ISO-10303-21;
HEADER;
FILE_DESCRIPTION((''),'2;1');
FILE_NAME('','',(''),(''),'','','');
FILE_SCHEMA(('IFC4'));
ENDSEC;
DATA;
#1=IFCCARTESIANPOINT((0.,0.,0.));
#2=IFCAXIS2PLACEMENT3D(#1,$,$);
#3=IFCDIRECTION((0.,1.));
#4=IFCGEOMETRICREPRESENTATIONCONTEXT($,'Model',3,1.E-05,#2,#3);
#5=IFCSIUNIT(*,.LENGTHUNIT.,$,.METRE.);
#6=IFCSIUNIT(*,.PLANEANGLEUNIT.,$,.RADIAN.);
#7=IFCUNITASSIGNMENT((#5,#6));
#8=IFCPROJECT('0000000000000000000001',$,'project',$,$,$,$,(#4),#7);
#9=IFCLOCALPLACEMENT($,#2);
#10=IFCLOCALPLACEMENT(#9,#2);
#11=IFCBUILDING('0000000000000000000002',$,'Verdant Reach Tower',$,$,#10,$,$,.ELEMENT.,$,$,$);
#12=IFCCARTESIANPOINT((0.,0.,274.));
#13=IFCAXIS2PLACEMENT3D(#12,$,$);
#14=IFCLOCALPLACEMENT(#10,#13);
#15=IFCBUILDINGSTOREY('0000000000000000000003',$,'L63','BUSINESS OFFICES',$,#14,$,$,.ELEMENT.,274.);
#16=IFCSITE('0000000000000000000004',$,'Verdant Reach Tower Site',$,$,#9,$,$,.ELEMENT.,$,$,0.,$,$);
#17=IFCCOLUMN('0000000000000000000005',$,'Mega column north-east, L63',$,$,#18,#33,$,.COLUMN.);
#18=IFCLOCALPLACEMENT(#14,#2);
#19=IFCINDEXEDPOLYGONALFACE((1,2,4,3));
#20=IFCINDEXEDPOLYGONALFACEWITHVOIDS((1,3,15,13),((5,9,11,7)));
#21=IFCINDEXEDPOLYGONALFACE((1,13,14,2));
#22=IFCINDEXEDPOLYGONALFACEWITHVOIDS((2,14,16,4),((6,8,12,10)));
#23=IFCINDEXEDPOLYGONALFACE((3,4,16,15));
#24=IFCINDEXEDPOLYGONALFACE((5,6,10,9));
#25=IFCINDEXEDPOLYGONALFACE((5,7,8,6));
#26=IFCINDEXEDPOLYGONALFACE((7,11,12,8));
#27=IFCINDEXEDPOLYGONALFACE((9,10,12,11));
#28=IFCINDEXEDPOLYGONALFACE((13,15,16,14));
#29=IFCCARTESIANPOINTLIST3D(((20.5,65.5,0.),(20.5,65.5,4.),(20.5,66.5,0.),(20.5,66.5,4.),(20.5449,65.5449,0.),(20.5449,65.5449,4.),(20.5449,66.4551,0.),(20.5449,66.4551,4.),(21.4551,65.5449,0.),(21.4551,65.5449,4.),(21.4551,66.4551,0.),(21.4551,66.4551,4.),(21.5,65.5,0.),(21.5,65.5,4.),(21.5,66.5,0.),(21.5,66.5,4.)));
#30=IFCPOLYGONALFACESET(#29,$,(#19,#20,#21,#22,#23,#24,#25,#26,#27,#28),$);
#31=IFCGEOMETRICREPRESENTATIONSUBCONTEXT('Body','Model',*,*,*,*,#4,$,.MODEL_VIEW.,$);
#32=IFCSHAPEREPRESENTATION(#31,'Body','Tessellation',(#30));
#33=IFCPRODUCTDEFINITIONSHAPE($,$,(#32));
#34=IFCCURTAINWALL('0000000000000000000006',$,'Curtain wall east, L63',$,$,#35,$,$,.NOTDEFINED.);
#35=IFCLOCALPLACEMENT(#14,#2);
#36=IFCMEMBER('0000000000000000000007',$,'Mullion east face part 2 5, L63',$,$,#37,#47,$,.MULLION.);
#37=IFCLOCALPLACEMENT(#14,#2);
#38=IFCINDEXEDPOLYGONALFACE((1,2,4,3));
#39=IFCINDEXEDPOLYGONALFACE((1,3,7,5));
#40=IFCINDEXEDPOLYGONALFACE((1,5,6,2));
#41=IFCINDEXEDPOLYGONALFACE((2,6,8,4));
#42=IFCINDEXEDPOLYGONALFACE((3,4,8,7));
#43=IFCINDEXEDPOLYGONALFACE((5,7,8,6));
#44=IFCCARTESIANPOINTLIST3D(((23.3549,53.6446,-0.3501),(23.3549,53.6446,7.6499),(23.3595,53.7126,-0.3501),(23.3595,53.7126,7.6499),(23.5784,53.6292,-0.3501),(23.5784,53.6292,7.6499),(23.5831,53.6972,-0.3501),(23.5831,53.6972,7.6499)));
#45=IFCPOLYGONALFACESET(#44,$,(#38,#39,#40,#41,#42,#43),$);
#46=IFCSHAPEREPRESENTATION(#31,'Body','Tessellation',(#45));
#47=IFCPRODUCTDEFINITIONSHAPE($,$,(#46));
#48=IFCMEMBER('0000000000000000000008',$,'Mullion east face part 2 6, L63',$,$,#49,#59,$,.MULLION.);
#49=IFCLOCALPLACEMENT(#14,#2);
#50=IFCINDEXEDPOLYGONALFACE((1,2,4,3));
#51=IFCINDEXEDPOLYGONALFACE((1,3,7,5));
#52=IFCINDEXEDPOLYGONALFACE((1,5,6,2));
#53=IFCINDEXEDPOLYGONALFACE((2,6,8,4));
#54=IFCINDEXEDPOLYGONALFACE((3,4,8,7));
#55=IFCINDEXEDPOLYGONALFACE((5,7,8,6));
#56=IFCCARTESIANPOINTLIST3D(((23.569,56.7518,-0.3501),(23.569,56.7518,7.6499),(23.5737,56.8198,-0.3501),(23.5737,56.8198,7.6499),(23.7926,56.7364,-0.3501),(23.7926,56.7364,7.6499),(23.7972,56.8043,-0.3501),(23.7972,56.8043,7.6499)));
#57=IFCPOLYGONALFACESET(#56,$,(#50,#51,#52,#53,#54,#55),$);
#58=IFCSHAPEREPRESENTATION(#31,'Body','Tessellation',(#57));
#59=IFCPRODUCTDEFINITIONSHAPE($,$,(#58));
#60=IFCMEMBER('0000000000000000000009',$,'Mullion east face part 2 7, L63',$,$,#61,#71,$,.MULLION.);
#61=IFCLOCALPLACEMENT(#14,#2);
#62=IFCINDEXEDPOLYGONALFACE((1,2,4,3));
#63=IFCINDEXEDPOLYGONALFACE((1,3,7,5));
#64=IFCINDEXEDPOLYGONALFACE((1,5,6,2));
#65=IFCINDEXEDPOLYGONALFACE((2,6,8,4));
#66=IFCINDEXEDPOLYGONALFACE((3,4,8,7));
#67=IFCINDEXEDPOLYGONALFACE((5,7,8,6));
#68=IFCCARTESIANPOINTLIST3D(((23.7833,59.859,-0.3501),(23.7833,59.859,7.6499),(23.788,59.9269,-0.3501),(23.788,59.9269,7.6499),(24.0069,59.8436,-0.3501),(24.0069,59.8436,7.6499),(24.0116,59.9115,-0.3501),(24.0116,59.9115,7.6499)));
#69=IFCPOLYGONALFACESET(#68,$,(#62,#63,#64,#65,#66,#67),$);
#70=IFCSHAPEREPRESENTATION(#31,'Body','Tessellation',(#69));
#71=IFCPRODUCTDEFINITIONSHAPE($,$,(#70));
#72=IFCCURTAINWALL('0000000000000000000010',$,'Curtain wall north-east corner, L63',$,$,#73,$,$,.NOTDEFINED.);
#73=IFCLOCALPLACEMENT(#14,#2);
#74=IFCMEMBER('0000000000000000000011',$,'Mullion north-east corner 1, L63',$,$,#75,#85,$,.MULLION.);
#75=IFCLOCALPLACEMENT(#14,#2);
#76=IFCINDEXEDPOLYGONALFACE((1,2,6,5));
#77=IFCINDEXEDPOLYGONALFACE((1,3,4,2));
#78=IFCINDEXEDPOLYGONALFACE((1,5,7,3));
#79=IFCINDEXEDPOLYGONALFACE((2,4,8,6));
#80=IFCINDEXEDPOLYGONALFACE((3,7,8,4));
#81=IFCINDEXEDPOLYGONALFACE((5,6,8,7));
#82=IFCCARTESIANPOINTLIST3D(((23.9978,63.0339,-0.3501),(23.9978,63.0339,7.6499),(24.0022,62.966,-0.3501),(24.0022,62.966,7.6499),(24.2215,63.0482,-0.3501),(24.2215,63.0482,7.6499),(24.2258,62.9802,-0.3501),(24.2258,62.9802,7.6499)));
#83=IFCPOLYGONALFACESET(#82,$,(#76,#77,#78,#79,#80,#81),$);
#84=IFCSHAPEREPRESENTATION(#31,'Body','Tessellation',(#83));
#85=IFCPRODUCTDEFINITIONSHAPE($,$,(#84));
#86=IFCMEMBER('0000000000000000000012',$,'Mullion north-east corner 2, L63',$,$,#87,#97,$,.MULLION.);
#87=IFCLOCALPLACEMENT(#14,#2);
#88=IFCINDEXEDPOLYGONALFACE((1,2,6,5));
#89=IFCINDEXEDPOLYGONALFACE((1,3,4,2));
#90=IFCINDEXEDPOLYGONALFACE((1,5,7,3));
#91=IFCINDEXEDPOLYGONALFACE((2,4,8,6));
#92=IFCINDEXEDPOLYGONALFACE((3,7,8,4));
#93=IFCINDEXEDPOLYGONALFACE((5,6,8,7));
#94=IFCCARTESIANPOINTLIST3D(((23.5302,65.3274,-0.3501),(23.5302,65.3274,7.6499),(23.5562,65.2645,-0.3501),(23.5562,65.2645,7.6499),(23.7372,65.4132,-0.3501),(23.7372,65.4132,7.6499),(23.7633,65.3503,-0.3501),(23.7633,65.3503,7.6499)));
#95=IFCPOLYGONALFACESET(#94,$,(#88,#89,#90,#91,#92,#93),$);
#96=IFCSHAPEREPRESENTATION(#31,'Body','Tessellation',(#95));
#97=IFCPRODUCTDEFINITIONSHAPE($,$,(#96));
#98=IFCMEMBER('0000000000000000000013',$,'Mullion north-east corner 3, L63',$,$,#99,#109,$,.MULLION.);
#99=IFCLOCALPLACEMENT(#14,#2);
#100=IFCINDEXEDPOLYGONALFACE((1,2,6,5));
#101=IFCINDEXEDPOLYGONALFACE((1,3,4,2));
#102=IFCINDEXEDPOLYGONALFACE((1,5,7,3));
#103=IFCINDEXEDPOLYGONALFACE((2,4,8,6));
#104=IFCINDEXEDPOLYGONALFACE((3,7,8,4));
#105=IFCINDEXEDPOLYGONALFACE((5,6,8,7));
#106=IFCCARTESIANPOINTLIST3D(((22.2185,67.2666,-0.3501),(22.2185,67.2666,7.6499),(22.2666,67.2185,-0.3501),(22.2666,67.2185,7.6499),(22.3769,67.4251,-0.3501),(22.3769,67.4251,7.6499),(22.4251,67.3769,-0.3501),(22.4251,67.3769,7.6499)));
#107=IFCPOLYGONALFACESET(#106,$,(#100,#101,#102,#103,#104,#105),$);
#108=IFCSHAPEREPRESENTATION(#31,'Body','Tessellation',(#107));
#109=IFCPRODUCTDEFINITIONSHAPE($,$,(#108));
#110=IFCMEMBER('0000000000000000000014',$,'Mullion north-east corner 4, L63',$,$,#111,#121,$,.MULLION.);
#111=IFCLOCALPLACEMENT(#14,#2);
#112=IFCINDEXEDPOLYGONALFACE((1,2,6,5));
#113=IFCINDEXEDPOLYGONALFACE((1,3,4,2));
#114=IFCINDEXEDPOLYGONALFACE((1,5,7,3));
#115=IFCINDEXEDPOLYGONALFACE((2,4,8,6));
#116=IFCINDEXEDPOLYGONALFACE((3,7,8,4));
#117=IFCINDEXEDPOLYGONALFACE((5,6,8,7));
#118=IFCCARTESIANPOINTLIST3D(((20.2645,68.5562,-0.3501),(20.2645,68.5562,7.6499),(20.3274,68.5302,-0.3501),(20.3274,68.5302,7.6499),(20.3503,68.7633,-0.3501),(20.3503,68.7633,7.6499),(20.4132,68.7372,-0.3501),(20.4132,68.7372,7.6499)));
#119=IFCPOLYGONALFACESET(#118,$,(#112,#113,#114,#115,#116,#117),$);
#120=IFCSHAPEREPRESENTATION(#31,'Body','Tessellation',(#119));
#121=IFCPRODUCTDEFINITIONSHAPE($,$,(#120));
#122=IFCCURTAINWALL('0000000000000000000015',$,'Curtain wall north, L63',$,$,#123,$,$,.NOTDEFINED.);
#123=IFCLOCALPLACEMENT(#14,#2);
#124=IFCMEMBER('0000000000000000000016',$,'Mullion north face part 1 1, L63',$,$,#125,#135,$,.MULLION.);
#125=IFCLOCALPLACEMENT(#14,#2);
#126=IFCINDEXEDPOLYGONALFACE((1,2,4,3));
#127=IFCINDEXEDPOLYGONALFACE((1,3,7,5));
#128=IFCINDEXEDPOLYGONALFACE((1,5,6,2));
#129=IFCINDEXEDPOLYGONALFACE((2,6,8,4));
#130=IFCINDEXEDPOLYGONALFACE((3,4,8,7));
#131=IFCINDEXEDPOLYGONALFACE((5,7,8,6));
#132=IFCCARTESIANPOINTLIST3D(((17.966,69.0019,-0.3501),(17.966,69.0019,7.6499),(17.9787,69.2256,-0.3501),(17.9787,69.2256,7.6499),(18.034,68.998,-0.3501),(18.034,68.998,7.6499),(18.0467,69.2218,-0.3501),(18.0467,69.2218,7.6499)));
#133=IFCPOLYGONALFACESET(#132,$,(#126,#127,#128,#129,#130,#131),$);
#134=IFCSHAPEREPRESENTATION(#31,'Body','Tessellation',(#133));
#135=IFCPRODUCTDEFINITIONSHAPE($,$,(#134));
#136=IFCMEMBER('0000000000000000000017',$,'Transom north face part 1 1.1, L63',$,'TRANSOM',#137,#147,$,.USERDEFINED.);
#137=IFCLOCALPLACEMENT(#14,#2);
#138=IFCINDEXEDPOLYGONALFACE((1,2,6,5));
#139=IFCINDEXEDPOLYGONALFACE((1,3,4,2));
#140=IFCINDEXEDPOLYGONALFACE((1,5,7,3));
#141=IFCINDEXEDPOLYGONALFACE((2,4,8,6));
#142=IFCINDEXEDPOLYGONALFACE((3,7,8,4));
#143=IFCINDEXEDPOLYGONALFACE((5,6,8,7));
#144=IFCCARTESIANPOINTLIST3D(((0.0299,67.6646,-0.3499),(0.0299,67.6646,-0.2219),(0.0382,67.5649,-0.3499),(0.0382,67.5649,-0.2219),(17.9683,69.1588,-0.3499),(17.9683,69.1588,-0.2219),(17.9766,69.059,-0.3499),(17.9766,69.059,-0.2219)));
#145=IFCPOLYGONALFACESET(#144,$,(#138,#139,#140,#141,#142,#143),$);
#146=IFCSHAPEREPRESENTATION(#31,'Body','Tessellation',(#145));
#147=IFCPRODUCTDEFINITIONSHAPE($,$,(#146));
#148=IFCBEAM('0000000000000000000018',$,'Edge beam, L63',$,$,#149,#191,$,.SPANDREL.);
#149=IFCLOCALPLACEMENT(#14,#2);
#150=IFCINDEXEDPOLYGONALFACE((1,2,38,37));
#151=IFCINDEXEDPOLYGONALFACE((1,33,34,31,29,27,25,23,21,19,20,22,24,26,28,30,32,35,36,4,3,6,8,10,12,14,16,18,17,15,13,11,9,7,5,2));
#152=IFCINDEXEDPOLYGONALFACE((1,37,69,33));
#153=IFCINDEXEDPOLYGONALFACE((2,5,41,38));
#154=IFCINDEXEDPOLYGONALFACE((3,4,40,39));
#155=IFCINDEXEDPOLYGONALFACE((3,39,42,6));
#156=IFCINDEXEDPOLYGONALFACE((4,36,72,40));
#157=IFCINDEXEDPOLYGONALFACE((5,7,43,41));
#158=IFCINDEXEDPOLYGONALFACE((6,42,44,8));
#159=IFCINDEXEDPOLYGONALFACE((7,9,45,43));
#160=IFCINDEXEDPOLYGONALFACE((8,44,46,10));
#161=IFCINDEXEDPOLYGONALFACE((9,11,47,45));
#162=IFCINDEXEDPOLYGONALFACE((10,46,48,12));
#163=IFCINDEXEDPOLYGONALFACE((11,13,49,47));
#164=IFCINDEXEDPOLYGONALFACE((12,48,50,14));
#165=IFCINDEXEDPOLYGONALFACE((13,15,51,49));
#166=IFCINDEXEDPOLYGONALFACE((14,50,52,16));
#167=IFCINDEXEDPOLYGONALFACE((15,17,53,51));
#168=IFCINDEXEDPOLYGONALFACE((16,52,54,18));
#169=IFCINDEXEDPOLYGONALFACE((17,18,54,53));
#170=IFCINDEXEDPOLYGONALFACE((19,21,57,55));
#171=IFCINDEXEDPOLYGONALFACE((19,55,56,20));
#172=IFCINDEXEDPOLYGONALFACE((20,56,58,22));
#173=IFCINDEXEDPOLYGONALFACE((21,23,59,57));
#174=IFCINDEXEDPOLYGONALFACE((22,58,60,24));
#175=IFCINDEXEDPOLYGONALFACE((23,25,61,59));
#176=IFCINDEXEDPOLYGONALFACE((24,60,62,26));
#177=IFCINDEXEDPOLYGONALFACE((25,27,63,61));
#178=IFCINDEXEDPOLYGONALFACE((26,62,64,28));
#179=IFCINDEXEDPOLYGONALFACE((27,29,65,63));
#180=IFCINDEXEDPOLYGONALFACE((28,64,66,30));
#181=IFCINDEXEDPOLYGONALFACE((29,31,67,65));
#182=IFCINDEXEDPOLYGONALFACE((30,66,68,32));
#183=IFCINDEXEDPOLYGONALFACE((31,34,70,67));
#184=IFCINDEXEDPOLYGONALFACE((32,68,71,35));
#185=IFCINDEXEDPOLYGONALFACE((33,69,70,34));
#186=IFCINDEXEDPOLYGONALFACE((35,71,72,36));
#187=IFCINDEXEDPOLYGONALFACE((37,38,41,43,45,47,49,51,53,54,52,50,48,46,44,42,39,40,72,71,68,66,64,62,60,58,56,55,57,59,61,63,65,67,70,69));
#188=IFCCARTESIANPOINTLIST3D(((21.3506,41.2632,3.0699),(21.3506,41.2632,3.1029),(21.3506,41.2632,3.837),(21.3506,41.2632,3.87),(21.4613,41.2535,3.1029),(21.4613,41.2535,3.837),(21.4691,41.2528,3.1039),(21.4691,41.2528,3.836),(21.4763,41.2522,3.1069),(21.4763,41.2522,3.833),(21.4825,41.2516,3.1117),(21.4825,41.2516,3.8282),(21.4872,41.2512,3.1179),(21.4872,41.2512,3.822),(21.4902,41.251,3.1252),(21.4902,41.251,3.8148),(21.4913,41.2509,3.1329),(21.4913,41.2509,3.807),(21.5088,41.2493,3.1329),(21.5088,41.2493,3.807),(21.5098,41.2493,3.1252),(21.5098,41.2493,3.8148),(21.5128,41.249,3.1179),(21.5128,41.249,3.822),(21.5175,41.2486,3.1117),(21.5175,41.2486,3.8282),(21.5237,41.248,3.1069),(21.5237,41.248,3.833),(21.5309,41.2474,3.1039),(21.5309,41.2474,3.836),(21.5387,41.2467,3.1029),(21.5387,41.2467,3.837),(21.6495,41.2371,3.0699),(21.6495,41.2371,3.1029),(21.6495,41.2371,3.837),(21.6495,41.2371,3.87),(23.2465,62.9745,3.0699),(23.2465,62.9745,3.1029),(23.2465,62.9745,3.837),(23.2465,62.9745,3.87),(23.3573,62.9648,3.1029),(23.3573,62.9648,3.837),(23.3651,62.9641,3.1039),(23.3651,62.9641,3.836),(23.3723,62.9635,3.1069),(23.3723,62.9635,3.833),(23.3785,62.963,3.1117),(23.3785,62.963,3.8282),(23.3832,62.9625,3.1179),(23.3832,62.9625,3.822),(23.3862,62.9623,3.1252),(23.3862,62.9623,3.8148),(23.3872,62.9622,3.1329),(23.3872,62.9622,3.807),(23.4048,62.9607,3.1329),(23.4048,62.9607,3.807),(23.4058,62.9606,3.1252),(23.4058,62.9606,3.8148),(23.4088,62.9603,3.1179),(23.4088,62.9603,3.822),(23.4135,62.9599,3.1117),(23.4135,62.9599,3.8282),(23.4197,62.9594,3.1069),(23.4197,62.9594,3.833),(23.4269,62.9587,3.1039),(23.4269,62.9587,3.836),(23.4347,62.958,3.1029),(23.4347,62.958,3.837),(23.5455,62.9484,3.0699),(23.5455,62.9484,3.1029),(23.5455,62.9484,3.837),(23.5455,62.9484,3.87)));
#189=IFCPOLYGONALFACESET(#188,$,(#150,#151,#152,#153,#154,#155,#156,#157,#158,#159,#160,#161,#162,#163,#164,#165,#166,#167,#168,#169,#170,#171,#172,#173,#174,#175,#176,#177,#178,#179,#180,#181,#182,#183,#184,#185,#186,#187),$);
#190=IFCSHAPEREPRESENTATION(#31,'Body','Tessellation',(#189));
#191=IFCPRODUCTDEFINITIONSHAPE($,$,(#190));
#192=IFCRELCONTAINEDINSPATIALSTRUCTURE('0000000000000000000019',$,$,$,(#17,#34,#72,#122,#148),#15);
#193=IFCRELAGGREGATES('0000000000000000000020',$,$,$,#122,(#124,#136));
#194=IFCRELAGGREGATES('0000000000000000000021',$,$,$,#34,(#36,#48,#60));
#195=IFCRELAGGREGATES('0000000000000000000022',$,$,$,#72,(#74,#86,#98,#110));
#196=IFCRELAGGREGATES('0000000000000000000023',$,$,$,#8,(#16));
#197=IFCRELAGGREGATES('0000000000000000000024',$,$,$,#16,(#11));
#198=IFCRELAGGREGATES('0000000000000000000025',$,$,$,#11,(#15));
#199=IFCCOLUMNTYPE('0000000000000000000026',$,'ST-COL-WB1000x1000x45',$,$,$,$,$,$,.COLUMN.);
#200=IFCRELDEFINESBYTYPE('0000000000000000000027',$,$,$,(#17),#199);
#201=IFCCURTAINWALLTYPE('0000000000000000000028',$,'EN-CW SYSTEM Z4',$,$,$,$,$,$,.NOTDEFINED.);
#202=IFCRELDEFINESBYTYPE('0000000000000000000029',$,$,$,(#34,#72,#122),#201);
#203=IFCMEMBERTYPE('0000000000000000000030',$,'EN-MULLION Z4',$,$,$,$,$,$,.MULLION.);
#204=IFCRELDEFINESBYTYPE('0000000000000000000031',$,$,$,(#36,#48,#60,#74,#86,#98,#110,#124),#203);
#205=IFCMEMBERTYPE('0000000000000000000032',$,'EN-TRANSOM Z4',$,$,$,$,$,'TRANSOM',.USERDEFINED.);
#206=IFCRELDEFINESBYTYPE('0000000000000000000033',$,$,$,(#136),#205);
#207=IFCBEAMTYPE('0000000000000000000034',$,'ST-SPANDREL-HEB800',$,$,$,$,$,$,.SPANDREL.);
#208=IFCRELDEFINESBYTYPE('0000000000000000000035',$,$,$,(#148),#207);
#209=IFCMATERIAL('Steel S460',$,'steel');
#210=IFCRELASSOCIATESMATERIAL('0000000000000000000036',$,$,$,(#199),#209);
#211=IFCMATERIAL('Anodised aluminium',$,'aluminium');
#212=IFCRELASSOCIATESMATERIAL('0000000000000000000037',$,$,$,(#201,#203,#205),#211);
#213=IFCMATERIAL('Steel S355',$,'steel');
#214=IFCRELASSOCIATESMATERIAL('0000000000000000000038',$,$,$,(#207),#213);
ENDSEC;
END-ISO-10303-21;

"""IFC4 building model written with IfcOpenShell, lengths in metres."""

from ifc_helpers import new_model, si_unit, direction, frame, origin, origin_2d, place, context, subcontext, project, spatial, rectangle, hollow_rectangle, i_section, extrude, material, material_profile, profile_set, type_object, element, aggregate, save


model = new_model("IFC4")

# Units and contexts
model_context = context("Model", 3, precision=1e-05, world=origin(), true_north=direction((0.0, 1.0)))
body_context = subcontext(model_context, "Body", "Model", "MODEL_VIEW")
ifc_project = project(units=[si_unit("LENGTHUNIT", "METRE"), si_unit("PLANEANGLEUNIT", "RADIAN")], contexts=[model_context])

# Site, building, storey
site_placement = place(None, origin())
site = spatial("IfcSite", under=ifc_project, at=site_placement, Name="Verdant Reach Tower Site", CompositionType="ELEMENT", RefElevation=0.0)
building_placement = place(site_placement, origin())
building = spatial("IfcBuilding", under=site, at=building_placement, Name="Verdant Reach Tower", CompositionType="ELEMENT")
storey_placement = place(building_placement, frame((0.0, 0.0, 274.0)))
storey = spatial("IfcBuildingStorey", under=building, at=storey_placement, Name="L63", Description="BUSINESS OFFICES", CompositionType="ELEMENT", Elevation=274.0)

# Column
ifc_material_1 = material(Name="Steel S460", Category="steel")
ifc_material_profile_1 = material_profile(ifc_material_1, hollow_rectangle(XDim=1.0, YDim=1.0, WallThickness=0.0449, at=origin_2d()), Name="WB 1000x1000x45")
ifc_profile_set_1 = profile_set([ifc_material_profile_1], Name="Steel S460")
column_type = type_object("IfcColumnType", Name="ST-COL-WB1000x1000x45", PredefinedType="COLUMN", material=ifc_profile_set_1)
column_placement = place(storey_placement, frame((21.0, 66.0, 0.0), z_axis=(0.0, 0.0, 1.0), x_axis=(1.0, 0.0, 0.0)))
element("IfcColumn", 1, at=column_placement, inside=storey, type_object=column_type, Name="Mega column north-east, L63", PredefinedType="COLUMN", context=body_context, shape_type="SweptSolid", body=[
    extrude(hollow_rectangle(XDim=1.0, YDim=1.0, WallThickness=0.0449, at=origin_2d()), origin(), (0.0, 0.0, 1.0), 4.0),
])

# Curtain walls, members
ifc_material_2 = material(Name="Anodised aluminium", Category="aluminium")
curtain_wall_type = type_object("IfcCurtainWallType", Name="EN-CW SYSTEM Z4", PredefinedType="NOTDEFINED", material=ifc_material_2)
curtain_wall_1_placement = place(storey_placement, origin())
curtain_wall_1 = element("IfcCurtainWall", 2, at=curtain_wall_1_placement, inside=storey, type_object=curtain_wall_type, Name="Curtain wall east, L63", PredefinedType="NOTDEFINED")
ifc_material_profile_2 = material_profile(ifc_material_2, rectangle(XDim=0.2241, YDim=0.0681, at=origin_2d()), Name="Mullion 68x224")
ifc_profile_set_2 = profile_set([ifc_material_profile_2], Name="Anodised aluminium")
member_type_1 = type_object("IfcMemberType", Name="EN-MULLION Z4", PredefinedType="MULLION", material=ifc_profile_set_2)
member_1_placement = place(storey_placement, frame((23.469, 53.6709, -0.3501), z_axis=(0.0, 0.0, 1.0), x_axis=(0.99763, -0.068802, 0.0)))
member_1 = element("IfcMember", 3, at=member_1_placement, type_object=member_type_1, Name="Mullion east face part 2 5, L63", PredefinedType="MULLION", context=body_context, shape_type="SweptSolid", body=[
    extrude(rectangle(XDim=0.2241, YDim=0.0681, at=origin_2d()), origin(), (0.0, 0.0, 1.0), 8.0),
])
member_2_placement = place(storey_placement, frame((23.6831, 56.7781, -0.3501), z_axis=(0.0, 0.0, 1.0), x_axis=(0.99763, -0.068802, 0.0)))
member_2 = element("IfcMember", 4, at=member_2_placement, type_object=member_type_1, Name="Mullion east face part 2 6, L63", PredefinedType="MULLION", context=body_context, shape_type="SweptSolid", body=[
    extrude(rectangle(XDim=0.2241, YDim=0.0681, at=origin_2d()), origin(), (0.0, 0.0, 1.0), 8.0),
])
member_3_placement = place(storey_placement, frame((23.8975, 59.8853, -0.3501), z_axis=(0.0, 0.0, 1.0), x_axis=(0.99763, -0.068802, 0.0)))
member_3 = element("IfcMember", 5, at=member_3_placement, type_object=member_type_1, Name="Mullion east face part 2 7, L63", PredefinedType="MULLION", context=body_context, shape_type="SweptSolid", body=[
    extrude(rectangle(XDim=0.2241, YDim=0.0681, at=origin_2d()), origin(), (0.0, 0.0, 1.0), 8.0),
])
curtain_wall_2_placement = place(storey_placement, origin())
curtain_wall_2 = element("IfcCurtainWall", 6, at=curtain_wall_2_placement, inside=storey, type_object=curtain_wall_type, Name="Curtain wall north-east corner, L63", PredefinedType="NOTDEFINED")
member_4_placement = place(storey_placement, frame((24.1118, 63.0071, -0.3501), z_axis=(0.0, 0.0, 1.0), x_axis=(0.997969, 0.063699, 0.0)))
member_4 = element("IfcMember", 7, at=member_4_placement, type_object=member_type_1, Name="Mullion north-east corner 1, L63", PredefinedType="MULLION", context=body_context, shape_type="SweptSolid", body=[
    extrude(rectangle(XDim=0.2241, YDim=0.0681, at=origin_2d()), origin(), (0.0, 0.0, 1.0), 8.0),
])
member_5_placement = place(storey_placement, frame((23.6467, 65.3389, -0.3501), z_axis=(0.0, 0.0, 1.0), x_axis=(0.923875, 0.382694, 0.0)))
member_5 = element("IfcMember", 8, at=member_5_placement, type_object=member_type_1, Name="Mullion north-east corner 2, L63", PredefinedType="MULLION", context=body_context, shape_type="SweptSolid", body=[
    extrude(rectangle(XDim=0.2241, YDim=0.0681, at=origin_2d()), origin(), (0.0, 0.0, 1.0), 8.0),
])
member_6_placement = place(storey_placement, frame((22.3218, 67.3218, -0.3501), z_axis=(0.0, 0.0, 1.0), x_axis=(0.707107, 0.707107, 0.0)))
member_6 = element("IfcMember", 9, at=member_6_placement, type_object=member_type_1, Name="Mullion north-east corner 3, L63", PredefinedType="MULLION", context=body_context, shape_type="SweptSolid", body=[
    extrude(rectangle(XDim=0.2241, YDim=0.0681, at=origin_2d()), origin(), (0.0, 0.0, 1.0), 8.0),
])
member_7_placement = place(storey_placement, frame((20.3389, 68.6467, -0.3501), z_axis=(0.0, 0.0, 1.0), x_axis=(0.382694, 0.923875, 0.0)))
member_7 = element("IfcMember", 10, at=member_7_placement, type_object=member_type_1, Name="Mullion north-east corner 4, L63", PredefinedType="MULLION", context=body_context, shape_type="SweptSolid", body=[
    extrude(rectangle(XDim=0.2241, YDim=0.0681, at=origin_2d()), origin(), (0.0, 0.0, 1.0), 8.0),
])
curtain_wall_3_placement = place(storey_placement, origin())
curtain_wall_3 = element("IfcCurtainWall", 11, at=curtain_wall_3_placement, inside=storey, type_object=curtain_wall_type, Name="Curtain wall north, L63", PredefinedType="NOTDEFINED")
member_8_placement = place(storey_placement, frame((18.0063, 69.1118, -0.3501), z_axis=(0.0, 0.0, 1.0), x_axis=(0.056569, 0.998399, 0.0)))
member_8 = element("IfcMember", 12, at=member_8_placement, type_object=member_type_1, Name="Mullion north face part 1 1, L63", PredefinedType="MULLION", context=body_context, shape_type="SweptSolid", body=[
    extrude(rectangle(XDim=0.2241, YDim=0.0681, at=origin_2d()), origin(), (0.0, 0.0, 1.0), 8.0),
])
ifc_material_profile_3 = material_profile(ifc_material_2, rectangle(XDim=0.1001, YDim=0.1279, at=origin_2d()), Name="Transom 128x100")
ifc_profile_set_3 = profile_set([ifc_material_profile_3], Name="Anodised aluminium")
member_type_2 = type_object("IfcMemberType", Name="EN-TRANSOM Z4", ElementType="TRANSOM", PredefinedType="USERDEFINED", material=ifc_profile_set_3)
member_9_placement = place(storey_placement, frame((17.9724, 69.1089, -0.2859), z_axis=(-0.996549, -0.083005, 0.0), x_axis=(0.083005, -0.996549, 0.0)))
member_9 = element("IfcMember", 13, at=member_9_placement, type_object=member_type_2, Name="Transom north face part 1 1.1, L63", ObjectType="TRANSOM", PredefinedType="USERDEFINED", context=body_context, shape_type="SweptSolid", body=[
    extrude(rectangle(XDim=0.1001, YDim=0.1279, at=origin_2d()), origin(), (0.0, 0.0, 1.0), 18.0005),
])
aggregate(curtain_wall_3, [member_8, member_9])

# Beam
ifc_material_3 = material(Name="Steel S355", Category="steel")
ifc_material_profile_4 = material_profile(ifc_material_3, i_section(OverallWidth=0.3, OverallDepth=0.8, WebThickness=0.0176, FlangeThickness=0.033, FilletRadius=0.03, at=origin_2d()), Name="HEB 800")
ifc_profile_set_4 = profile_set([ifc_material_profile_4], Name="Steel S355")
beam_type_1 = type_object("IfcBeamType", Name="ST-SPANDREL-HEB800", PredefinedType="SPANDREL", material=ifc_profile_set_4)
beam_1_placement = place(storey_placement, frame((23.396, 62.9614, 3.47), z_axis=(-0.086996, -0.996209, 0.0), x_axis=(0.996209, -0.086996, 0.0)))
element("IfcBeam", 14, at=beam_1_placement, inside=storey, type_object=beam_type_1, Name="Edge beam, L63", PredefinedType="SPANDREL", context=body_context, shape_type="SweptSolid", body=[
    extrude(i_section(OverallWidth=0.3, OverallDepth=0.8, WebThickness=0.0176, FlangeThickness=0.033, FilletRadius=0.03, at=origin_2d()), origin(), (0.0, 0.0, 1.0), 21.7939),
])

aggregate(curtain_wall_1, [member_1, member_2, member_3])
aggregate(curtain_wall_2, [member_4, member_5, member_6, member_7])

save(model, "model.ifc")
